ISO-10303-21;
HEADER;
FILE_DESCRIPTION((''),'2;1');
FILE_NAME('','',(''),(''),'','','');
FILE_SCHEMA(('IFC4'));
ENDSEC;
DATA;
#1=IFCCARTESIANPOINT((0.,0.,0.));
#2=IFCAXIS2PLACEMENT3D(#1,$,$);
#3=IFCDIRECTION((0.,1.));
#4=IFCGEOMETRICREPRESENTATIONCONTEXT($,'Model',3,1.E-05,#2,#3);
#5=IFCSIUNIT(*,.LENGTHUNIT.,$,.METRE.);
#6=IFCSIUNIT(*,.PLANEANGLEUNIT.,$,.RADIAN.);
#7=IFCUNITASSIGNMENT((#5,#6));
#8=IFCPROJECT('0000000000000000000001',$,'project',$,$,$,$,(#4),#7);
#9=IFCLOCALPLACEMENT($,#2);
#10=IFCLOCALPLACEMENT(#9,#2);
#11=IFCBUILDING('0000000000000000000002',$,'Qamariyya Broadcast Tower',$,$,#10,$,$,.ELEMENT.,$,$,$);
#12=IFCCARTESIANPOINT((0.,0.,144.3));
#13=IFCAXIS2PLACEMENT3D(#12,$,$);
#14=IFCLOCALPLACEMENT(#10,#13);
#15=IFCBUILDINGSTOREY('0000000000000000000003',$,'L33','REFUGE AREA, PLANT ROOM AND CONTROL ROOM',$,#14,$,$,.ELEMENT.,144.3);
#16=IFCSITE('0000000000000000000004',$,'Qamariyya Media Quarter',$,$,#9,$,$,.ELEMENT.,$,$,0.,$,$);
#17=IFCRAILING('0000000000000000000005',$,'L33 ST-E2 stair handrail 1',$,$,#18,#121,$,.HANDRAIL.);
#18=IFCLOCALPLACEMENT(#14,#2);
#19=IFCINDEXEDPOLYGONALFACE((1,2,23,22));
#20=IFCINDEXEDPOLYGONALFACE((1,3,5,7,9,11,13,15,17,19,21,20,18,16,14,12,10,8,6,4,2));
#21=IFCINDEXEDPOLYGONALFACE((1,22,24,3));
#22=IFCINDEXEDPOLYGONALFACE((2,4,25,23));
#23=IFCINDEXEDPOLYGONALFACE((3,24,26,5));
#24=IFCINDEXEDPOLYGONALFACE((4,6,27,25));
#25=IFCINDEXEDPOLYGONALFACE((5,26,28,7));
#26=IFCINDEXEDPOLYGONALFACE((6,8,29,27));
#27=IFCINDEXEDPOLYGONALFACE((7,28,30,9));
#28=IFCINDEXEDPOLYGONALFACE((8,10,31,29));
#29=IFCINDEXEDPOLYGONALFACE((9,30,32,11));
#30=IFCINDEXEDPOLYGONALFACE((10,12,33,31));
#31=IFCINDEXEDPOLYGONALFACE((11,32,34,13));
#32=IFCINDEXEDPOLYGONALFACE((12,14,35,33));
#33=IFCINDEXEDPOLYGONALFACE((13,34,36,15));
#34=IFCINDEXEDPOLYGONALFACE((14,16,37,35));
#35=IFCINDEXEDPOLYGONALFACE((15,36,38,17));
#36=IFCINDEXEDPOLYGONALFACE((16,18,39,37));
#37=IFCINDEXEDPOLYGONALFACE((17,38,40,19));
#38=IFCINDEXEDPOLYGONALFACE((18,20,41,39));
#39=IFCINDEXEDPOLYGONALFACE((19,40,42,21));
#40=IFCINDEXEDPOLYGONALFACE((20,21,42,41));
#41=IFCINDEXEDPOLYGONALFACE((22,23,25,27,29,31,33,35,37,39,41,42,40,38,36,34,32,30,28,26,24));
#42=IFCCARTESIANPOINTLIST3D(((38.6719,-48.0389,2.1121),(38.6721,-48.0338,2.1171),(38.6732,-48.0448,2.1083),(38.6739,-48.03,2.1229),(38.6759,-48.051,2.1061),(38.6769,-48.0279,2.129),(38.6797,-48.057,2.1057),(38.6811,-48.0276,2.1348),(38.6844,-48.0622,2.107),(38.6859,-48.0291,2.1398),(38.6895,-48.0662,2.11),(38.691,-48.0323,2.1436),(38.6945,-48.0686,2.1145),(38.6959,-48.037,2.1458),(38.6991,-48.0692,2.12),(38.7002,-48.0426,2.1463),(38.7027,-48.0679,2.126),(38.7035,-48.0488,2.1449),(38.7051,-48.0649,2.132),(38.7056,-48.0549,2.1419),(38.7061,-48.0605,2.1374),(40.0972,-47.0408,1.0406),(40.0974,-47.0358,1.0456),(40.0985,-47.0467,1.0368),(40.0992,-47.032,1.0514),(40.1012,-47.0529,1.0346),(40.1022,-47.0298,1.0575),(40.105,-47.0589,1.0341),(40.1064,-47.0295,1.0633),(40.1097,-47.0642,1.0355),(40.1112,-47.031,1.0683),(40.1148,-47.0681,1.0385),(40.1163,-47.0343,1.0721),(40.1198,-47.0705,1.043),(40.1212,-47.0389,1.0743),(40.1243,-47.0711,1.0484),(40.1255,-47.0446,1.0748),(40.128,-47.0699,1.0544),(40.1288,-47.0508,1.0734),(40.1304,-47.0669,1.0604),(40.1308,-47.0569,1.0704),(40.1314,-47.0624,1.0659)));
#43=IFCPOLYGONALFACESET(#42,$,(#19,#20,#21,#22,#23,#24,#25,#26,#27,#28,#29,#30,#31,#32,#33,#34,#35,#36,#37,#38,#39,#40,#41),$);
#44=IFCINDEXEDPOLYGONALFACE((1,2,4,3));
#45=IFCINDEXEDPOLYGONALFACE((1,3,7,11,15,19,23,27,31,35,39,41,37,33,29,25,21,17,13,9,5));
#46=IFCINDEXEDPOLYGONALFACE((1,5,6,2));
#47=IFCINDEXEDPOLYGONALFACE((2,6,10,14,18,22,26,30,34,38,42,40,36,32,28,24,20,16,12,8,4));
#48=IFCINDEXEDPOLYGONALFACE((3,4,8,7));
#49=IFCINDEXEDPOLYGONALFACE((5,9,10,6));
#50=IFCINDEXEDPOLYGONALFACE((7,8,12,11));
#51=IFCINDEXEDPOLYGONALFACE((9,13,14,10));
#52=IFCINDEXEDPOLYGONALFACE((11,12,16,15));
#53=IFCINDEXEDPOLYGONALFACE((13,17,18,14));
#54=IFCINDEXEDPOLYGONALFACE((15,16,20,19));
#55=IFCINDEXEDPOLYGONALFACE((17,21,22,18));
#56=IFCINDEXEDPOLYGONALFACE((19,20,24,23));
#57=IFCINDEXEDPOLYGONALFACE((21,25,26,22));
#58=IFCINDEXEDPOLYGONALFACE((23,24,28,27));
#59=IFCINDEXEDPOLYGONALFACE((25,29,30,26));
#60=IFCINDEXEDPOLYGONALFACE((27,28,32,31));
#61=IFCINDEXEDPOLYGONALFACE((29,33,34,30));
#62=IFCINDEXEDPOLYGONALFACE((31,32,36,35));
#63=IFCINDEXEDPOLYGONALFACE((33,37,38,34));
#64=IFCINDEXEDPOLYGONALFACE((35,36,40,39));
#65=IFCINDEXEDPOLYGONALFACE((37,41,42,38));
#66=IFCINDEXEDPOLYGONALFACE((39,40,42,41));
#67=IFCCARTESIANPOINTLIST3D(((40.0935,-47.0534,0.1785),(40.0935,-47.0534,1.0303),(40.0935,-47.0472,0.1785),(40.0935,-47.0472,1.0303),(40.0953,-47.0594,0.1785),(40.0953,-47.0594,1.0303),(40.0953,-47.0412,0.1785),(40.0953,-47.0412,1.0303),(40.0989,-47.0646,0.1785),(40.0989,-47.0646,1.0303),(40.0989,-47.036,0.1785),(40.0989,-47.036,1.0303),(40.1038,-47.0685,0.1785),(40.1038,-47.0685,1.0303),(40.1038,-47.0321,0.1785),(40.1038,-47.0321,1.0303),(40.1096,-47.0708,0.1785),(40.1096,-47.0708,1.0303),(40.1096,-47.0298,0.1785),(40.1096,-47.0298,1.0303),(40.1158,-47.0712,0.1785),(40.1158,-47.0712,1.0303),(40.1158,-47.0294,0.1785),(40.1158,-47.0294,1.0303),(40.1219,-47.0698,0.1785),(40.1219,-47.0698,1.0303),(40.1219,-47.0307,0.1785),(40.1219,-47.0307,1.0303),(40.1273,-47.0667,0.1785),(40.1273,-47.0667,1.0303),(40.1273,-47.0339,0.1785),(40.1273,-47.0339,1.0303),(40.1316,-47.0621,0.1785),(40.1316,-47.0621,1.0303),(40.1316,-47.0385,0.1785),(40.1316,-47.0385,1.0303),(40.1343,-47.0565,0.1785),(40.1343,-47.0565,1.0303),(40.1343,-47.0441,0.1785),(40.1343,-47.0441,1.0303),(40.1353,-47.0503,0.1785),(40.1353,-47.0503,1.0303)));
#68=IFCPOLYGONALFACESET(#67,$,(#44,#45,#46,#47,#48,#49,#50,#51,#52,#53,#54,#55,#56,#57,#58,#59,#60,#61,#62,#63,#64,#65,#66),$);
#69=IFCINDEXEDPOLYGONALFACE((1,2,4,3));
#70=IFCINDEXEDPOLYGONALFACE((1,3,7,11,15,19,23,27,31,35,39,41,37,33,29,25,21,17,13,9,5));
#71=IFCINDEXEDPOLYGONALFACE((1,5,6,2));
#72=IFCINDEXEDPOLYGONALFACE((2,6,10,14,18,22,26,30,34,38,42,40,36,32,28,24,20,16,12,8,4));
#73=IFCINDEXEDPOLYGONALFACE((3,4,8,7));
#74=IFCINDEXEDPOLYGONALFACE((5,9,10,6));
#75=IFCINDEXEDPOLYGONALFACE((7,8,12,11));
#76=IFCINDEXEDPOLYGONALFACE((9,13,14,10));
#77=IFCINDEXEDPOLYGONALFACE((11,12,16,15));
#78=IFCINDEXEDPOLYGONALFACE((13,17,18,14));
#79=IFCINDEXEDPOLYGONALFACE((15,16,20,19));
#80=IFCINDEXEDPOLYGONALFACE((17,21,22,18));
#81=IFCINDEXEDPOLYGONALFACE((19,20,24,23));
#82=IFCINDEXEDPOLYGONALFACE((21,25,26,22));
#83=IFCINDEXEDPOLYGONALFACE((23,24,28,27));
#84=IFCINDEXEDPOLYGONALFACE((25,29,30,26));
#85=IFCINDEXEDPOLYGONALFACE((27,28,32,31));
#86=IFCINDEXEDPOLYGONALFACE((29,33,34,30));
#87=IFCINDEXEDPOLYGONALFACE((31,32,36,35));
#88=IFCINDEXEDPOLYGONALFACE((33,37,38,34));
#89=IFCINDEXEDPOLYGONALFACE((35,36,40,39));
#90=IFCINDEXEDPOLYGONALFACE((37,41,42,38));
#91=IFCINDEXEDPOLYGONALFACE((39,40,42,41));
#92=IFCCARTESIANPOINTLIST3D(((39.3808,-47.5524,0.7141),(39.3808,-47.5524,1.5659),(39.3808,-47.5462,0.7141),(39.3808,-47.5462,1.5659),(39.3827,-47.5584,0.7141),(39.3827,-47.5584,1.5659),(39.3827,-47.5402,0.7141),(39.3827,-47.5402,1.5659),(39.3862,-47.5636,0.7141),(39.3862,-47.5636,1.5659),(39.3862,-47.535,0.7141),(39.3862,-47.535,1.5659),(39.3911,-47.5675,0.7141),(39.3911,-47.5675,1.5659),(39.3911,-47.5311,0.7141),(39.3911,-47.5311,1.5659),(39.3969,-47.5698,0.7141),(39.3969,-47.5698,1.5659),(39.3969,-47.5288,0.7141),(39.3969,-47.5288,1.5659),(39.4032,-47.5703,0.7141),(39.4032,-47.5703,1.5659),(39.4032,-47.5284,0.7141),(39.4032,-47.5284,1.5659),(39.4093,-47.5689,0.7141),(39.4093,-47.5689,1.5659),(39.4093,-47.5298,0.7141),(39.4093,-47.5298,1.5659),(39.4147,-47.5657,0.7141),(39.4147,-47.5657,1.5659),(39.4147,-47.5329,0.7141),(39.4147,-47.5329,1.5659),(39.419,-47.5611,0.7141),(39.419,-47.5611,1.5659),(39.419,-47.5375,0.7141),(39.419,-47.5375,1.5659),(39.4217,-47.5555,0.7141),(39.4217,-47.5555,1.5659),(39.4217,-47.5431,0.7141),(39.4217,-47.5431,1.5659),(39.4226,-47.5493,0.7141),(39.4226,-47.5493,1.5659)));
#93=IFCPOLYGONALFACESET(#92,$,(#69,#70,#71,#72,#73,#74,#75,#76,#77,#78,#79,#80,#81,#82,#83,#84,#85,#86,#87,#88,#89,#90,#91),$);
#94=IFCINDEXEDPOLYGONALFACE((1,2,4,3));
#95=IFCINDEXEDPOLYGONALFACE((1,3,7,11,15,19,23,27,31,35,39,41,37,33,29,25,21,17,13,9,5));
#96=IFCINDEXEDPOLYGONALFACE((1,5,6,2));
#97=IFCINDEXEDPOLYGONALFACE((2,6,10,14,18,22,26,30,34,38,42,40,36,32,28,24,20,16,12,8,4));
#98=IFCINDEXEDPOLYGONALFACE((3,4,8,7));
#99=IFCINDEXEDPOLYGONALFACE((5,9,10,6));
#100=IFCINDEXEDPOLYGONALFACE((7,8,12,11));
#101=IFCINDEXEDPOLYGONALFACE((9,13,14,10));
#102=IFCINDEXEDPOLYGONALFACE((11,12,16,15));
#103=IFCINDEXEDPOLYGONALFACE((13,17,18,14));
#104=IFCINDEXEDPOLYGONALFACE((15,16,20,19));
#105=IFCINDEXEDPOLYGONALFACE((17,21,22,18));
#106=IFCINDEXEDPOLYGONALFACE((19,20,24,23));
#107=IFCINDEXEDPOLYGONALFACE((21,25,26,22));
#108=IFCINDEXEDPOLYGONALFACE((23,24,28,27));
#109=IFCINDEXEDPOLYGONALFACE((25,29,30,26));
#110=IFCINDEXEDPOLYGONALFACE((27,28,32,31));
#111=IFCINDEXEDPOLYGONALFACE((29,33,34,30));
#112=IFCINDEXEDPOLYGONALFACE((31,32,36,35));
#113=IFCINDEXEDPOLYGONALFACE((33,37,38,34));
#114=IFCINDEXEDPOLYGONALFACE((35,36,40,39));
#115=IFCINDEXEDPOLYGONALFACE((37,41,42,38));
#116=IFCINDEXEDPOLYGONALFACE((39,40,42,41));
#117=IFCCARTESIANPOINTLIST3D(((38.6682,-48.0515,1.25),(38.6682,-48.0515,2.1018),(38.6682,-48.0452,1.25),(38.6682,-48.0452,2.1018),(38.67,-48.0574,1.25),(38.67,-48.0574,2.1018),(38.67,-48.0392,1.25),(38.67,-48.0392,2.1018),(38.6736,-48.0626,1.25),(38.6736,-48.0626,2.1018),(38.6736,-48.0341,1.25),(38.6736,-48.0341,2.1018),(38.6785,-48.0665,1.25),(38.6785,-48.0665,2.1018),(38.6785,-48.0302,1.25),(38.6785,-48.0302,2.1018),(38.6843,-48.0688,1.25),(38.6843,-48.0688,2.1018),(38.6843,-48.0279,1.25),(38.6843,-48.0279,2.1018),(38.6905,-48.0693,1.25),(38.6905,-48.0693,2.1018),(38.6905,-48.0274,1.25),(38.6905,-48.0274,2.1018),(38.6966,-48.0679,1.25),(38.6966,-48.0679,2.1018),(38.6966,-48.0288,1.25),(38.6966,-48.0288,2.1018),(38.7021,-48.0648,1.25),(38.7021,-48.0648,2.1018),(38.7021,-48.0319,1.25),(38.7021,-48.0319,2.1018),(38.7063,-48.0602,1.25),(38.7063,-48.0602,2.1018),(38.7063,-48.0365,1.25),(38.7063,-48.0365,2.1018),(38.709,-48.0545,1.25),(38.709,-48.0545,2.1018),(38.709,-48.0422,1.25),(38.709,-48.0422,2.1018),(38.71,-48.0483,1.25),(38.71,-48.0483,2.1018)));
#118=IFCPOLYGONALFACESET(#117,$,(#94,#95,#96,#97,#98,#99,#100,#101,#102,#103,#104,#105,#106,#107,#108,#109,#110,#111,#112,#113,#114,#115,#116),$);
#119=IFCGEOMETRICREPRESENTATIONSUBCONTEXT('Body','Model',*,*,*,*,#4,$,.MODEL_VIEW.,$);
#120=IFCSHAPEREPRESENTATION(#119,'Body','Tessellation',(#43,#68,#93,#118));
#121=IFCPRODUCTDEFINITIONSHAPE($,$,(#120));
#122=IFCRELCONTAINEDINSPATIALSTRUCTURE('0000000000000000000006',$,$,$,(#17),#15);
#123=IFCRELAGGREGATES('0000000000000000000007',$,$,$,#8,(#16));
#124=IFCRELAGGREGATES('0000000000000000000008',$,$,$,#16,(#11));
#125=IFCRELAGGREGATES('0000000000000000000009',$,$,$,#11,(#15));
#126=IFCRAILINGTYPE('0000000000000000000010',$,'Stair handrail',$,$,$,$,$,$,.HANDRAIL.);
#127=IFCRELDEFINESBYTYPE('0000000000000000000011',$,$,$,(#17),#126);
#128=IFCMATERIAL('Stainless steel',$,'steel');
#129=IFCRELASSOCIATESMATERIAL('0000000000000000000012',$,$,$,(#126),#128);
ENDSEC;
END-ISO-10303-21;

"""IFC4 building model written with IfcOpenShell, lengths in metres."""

from ifc_helpers import new_model, si_unit, direction, frame, origin, origin_2d, place, context, subcontext, project, spatial, circle, extrude, material, type_object, element, save


model = new_model("IFC4")

# Units and contexts
model_context = context("Model", 3, precision=1e-05, world=origin(), true_north=direction((0.0, 1.0)))
body_context = subcontext(model_context, "Body", "Model", "MODEL_VIEW")
ifc_project = project(units=[si_unit("LENGTHUNIT", "METRE"), si_unit("PLANEANGLEUNIT", "RADIAN")], contexts=[model_context])

# Site, building, storey
site_placement = place(None, origin())
site = spatial("IfcSite", under=ifc_project, at=site_placement, Name="Qamariyya Media Quarter", CompositionType="ELEMENT", RefElevation=0.0)
building_placement = place(site_placement, origin())
building = spatial("IfcBuilding", under=site, at=building_placement, Name="Qamariyya Broadcast Tower", CompositionType="ELEMENT")
storey_placement = place(building_placement, frame((0.0, 0.0, 144.3)))
storey = spatial("IfcBuildingStorey", under=building, at=storey_placement, Name="L33", Description="REFUGE AREA, PLANT ROOM AND CONTROL ROOM", CompositionType="ELEMENT", Elevation=144.3)

# Railing
ifc_material_1 = material(Name="Stainless steel", Category="steel")
railing_type_1 = type_object("IfcRailingType", Name="Stair handrail", PredefinedType="HANDRAIL", material=ifc_material_1)
railing_1_placement = place(storey_placement, frame((40.1143, -47.0503, 0.1785)))
element("IfcRailing", 1, at=railing_1_placement, inside=storey, type_object=railing_type_1, Name="L33 ST-E2 stair handrail 1", PredefinedType="HANDRAIL", context=body_context, shape_type="SweptSolid", body=[
    extrude(circle(Radius=0.0239, at=origin_2d()), frame((0.0, 0.0, 0.876), z_axis=(-0.697489, -0.48841, 0.524371), x_axis=(0.573594, -0.81914, 0.0)), (0.0, 0.0, 1.0), 2.0435),
    extrude(circle(Radius=0.021, at=origin_2d()), origin(), (0.0, 0.0, 1.0), 0.8518),
    extrude(circle(Radius=0.021, at=origin_2d()), frame((-0.7126, -0.499, 0.5356)), (0.0, 0.0, 1.0), 0.8518),
    extrude(circle(Radius=0.021, at=origin_2d()), frame((-1.4253, -0.998, 1.0715)), (0.0, 0.0, 1.0), 0.8518),
])

save(model, "model.ifc")
